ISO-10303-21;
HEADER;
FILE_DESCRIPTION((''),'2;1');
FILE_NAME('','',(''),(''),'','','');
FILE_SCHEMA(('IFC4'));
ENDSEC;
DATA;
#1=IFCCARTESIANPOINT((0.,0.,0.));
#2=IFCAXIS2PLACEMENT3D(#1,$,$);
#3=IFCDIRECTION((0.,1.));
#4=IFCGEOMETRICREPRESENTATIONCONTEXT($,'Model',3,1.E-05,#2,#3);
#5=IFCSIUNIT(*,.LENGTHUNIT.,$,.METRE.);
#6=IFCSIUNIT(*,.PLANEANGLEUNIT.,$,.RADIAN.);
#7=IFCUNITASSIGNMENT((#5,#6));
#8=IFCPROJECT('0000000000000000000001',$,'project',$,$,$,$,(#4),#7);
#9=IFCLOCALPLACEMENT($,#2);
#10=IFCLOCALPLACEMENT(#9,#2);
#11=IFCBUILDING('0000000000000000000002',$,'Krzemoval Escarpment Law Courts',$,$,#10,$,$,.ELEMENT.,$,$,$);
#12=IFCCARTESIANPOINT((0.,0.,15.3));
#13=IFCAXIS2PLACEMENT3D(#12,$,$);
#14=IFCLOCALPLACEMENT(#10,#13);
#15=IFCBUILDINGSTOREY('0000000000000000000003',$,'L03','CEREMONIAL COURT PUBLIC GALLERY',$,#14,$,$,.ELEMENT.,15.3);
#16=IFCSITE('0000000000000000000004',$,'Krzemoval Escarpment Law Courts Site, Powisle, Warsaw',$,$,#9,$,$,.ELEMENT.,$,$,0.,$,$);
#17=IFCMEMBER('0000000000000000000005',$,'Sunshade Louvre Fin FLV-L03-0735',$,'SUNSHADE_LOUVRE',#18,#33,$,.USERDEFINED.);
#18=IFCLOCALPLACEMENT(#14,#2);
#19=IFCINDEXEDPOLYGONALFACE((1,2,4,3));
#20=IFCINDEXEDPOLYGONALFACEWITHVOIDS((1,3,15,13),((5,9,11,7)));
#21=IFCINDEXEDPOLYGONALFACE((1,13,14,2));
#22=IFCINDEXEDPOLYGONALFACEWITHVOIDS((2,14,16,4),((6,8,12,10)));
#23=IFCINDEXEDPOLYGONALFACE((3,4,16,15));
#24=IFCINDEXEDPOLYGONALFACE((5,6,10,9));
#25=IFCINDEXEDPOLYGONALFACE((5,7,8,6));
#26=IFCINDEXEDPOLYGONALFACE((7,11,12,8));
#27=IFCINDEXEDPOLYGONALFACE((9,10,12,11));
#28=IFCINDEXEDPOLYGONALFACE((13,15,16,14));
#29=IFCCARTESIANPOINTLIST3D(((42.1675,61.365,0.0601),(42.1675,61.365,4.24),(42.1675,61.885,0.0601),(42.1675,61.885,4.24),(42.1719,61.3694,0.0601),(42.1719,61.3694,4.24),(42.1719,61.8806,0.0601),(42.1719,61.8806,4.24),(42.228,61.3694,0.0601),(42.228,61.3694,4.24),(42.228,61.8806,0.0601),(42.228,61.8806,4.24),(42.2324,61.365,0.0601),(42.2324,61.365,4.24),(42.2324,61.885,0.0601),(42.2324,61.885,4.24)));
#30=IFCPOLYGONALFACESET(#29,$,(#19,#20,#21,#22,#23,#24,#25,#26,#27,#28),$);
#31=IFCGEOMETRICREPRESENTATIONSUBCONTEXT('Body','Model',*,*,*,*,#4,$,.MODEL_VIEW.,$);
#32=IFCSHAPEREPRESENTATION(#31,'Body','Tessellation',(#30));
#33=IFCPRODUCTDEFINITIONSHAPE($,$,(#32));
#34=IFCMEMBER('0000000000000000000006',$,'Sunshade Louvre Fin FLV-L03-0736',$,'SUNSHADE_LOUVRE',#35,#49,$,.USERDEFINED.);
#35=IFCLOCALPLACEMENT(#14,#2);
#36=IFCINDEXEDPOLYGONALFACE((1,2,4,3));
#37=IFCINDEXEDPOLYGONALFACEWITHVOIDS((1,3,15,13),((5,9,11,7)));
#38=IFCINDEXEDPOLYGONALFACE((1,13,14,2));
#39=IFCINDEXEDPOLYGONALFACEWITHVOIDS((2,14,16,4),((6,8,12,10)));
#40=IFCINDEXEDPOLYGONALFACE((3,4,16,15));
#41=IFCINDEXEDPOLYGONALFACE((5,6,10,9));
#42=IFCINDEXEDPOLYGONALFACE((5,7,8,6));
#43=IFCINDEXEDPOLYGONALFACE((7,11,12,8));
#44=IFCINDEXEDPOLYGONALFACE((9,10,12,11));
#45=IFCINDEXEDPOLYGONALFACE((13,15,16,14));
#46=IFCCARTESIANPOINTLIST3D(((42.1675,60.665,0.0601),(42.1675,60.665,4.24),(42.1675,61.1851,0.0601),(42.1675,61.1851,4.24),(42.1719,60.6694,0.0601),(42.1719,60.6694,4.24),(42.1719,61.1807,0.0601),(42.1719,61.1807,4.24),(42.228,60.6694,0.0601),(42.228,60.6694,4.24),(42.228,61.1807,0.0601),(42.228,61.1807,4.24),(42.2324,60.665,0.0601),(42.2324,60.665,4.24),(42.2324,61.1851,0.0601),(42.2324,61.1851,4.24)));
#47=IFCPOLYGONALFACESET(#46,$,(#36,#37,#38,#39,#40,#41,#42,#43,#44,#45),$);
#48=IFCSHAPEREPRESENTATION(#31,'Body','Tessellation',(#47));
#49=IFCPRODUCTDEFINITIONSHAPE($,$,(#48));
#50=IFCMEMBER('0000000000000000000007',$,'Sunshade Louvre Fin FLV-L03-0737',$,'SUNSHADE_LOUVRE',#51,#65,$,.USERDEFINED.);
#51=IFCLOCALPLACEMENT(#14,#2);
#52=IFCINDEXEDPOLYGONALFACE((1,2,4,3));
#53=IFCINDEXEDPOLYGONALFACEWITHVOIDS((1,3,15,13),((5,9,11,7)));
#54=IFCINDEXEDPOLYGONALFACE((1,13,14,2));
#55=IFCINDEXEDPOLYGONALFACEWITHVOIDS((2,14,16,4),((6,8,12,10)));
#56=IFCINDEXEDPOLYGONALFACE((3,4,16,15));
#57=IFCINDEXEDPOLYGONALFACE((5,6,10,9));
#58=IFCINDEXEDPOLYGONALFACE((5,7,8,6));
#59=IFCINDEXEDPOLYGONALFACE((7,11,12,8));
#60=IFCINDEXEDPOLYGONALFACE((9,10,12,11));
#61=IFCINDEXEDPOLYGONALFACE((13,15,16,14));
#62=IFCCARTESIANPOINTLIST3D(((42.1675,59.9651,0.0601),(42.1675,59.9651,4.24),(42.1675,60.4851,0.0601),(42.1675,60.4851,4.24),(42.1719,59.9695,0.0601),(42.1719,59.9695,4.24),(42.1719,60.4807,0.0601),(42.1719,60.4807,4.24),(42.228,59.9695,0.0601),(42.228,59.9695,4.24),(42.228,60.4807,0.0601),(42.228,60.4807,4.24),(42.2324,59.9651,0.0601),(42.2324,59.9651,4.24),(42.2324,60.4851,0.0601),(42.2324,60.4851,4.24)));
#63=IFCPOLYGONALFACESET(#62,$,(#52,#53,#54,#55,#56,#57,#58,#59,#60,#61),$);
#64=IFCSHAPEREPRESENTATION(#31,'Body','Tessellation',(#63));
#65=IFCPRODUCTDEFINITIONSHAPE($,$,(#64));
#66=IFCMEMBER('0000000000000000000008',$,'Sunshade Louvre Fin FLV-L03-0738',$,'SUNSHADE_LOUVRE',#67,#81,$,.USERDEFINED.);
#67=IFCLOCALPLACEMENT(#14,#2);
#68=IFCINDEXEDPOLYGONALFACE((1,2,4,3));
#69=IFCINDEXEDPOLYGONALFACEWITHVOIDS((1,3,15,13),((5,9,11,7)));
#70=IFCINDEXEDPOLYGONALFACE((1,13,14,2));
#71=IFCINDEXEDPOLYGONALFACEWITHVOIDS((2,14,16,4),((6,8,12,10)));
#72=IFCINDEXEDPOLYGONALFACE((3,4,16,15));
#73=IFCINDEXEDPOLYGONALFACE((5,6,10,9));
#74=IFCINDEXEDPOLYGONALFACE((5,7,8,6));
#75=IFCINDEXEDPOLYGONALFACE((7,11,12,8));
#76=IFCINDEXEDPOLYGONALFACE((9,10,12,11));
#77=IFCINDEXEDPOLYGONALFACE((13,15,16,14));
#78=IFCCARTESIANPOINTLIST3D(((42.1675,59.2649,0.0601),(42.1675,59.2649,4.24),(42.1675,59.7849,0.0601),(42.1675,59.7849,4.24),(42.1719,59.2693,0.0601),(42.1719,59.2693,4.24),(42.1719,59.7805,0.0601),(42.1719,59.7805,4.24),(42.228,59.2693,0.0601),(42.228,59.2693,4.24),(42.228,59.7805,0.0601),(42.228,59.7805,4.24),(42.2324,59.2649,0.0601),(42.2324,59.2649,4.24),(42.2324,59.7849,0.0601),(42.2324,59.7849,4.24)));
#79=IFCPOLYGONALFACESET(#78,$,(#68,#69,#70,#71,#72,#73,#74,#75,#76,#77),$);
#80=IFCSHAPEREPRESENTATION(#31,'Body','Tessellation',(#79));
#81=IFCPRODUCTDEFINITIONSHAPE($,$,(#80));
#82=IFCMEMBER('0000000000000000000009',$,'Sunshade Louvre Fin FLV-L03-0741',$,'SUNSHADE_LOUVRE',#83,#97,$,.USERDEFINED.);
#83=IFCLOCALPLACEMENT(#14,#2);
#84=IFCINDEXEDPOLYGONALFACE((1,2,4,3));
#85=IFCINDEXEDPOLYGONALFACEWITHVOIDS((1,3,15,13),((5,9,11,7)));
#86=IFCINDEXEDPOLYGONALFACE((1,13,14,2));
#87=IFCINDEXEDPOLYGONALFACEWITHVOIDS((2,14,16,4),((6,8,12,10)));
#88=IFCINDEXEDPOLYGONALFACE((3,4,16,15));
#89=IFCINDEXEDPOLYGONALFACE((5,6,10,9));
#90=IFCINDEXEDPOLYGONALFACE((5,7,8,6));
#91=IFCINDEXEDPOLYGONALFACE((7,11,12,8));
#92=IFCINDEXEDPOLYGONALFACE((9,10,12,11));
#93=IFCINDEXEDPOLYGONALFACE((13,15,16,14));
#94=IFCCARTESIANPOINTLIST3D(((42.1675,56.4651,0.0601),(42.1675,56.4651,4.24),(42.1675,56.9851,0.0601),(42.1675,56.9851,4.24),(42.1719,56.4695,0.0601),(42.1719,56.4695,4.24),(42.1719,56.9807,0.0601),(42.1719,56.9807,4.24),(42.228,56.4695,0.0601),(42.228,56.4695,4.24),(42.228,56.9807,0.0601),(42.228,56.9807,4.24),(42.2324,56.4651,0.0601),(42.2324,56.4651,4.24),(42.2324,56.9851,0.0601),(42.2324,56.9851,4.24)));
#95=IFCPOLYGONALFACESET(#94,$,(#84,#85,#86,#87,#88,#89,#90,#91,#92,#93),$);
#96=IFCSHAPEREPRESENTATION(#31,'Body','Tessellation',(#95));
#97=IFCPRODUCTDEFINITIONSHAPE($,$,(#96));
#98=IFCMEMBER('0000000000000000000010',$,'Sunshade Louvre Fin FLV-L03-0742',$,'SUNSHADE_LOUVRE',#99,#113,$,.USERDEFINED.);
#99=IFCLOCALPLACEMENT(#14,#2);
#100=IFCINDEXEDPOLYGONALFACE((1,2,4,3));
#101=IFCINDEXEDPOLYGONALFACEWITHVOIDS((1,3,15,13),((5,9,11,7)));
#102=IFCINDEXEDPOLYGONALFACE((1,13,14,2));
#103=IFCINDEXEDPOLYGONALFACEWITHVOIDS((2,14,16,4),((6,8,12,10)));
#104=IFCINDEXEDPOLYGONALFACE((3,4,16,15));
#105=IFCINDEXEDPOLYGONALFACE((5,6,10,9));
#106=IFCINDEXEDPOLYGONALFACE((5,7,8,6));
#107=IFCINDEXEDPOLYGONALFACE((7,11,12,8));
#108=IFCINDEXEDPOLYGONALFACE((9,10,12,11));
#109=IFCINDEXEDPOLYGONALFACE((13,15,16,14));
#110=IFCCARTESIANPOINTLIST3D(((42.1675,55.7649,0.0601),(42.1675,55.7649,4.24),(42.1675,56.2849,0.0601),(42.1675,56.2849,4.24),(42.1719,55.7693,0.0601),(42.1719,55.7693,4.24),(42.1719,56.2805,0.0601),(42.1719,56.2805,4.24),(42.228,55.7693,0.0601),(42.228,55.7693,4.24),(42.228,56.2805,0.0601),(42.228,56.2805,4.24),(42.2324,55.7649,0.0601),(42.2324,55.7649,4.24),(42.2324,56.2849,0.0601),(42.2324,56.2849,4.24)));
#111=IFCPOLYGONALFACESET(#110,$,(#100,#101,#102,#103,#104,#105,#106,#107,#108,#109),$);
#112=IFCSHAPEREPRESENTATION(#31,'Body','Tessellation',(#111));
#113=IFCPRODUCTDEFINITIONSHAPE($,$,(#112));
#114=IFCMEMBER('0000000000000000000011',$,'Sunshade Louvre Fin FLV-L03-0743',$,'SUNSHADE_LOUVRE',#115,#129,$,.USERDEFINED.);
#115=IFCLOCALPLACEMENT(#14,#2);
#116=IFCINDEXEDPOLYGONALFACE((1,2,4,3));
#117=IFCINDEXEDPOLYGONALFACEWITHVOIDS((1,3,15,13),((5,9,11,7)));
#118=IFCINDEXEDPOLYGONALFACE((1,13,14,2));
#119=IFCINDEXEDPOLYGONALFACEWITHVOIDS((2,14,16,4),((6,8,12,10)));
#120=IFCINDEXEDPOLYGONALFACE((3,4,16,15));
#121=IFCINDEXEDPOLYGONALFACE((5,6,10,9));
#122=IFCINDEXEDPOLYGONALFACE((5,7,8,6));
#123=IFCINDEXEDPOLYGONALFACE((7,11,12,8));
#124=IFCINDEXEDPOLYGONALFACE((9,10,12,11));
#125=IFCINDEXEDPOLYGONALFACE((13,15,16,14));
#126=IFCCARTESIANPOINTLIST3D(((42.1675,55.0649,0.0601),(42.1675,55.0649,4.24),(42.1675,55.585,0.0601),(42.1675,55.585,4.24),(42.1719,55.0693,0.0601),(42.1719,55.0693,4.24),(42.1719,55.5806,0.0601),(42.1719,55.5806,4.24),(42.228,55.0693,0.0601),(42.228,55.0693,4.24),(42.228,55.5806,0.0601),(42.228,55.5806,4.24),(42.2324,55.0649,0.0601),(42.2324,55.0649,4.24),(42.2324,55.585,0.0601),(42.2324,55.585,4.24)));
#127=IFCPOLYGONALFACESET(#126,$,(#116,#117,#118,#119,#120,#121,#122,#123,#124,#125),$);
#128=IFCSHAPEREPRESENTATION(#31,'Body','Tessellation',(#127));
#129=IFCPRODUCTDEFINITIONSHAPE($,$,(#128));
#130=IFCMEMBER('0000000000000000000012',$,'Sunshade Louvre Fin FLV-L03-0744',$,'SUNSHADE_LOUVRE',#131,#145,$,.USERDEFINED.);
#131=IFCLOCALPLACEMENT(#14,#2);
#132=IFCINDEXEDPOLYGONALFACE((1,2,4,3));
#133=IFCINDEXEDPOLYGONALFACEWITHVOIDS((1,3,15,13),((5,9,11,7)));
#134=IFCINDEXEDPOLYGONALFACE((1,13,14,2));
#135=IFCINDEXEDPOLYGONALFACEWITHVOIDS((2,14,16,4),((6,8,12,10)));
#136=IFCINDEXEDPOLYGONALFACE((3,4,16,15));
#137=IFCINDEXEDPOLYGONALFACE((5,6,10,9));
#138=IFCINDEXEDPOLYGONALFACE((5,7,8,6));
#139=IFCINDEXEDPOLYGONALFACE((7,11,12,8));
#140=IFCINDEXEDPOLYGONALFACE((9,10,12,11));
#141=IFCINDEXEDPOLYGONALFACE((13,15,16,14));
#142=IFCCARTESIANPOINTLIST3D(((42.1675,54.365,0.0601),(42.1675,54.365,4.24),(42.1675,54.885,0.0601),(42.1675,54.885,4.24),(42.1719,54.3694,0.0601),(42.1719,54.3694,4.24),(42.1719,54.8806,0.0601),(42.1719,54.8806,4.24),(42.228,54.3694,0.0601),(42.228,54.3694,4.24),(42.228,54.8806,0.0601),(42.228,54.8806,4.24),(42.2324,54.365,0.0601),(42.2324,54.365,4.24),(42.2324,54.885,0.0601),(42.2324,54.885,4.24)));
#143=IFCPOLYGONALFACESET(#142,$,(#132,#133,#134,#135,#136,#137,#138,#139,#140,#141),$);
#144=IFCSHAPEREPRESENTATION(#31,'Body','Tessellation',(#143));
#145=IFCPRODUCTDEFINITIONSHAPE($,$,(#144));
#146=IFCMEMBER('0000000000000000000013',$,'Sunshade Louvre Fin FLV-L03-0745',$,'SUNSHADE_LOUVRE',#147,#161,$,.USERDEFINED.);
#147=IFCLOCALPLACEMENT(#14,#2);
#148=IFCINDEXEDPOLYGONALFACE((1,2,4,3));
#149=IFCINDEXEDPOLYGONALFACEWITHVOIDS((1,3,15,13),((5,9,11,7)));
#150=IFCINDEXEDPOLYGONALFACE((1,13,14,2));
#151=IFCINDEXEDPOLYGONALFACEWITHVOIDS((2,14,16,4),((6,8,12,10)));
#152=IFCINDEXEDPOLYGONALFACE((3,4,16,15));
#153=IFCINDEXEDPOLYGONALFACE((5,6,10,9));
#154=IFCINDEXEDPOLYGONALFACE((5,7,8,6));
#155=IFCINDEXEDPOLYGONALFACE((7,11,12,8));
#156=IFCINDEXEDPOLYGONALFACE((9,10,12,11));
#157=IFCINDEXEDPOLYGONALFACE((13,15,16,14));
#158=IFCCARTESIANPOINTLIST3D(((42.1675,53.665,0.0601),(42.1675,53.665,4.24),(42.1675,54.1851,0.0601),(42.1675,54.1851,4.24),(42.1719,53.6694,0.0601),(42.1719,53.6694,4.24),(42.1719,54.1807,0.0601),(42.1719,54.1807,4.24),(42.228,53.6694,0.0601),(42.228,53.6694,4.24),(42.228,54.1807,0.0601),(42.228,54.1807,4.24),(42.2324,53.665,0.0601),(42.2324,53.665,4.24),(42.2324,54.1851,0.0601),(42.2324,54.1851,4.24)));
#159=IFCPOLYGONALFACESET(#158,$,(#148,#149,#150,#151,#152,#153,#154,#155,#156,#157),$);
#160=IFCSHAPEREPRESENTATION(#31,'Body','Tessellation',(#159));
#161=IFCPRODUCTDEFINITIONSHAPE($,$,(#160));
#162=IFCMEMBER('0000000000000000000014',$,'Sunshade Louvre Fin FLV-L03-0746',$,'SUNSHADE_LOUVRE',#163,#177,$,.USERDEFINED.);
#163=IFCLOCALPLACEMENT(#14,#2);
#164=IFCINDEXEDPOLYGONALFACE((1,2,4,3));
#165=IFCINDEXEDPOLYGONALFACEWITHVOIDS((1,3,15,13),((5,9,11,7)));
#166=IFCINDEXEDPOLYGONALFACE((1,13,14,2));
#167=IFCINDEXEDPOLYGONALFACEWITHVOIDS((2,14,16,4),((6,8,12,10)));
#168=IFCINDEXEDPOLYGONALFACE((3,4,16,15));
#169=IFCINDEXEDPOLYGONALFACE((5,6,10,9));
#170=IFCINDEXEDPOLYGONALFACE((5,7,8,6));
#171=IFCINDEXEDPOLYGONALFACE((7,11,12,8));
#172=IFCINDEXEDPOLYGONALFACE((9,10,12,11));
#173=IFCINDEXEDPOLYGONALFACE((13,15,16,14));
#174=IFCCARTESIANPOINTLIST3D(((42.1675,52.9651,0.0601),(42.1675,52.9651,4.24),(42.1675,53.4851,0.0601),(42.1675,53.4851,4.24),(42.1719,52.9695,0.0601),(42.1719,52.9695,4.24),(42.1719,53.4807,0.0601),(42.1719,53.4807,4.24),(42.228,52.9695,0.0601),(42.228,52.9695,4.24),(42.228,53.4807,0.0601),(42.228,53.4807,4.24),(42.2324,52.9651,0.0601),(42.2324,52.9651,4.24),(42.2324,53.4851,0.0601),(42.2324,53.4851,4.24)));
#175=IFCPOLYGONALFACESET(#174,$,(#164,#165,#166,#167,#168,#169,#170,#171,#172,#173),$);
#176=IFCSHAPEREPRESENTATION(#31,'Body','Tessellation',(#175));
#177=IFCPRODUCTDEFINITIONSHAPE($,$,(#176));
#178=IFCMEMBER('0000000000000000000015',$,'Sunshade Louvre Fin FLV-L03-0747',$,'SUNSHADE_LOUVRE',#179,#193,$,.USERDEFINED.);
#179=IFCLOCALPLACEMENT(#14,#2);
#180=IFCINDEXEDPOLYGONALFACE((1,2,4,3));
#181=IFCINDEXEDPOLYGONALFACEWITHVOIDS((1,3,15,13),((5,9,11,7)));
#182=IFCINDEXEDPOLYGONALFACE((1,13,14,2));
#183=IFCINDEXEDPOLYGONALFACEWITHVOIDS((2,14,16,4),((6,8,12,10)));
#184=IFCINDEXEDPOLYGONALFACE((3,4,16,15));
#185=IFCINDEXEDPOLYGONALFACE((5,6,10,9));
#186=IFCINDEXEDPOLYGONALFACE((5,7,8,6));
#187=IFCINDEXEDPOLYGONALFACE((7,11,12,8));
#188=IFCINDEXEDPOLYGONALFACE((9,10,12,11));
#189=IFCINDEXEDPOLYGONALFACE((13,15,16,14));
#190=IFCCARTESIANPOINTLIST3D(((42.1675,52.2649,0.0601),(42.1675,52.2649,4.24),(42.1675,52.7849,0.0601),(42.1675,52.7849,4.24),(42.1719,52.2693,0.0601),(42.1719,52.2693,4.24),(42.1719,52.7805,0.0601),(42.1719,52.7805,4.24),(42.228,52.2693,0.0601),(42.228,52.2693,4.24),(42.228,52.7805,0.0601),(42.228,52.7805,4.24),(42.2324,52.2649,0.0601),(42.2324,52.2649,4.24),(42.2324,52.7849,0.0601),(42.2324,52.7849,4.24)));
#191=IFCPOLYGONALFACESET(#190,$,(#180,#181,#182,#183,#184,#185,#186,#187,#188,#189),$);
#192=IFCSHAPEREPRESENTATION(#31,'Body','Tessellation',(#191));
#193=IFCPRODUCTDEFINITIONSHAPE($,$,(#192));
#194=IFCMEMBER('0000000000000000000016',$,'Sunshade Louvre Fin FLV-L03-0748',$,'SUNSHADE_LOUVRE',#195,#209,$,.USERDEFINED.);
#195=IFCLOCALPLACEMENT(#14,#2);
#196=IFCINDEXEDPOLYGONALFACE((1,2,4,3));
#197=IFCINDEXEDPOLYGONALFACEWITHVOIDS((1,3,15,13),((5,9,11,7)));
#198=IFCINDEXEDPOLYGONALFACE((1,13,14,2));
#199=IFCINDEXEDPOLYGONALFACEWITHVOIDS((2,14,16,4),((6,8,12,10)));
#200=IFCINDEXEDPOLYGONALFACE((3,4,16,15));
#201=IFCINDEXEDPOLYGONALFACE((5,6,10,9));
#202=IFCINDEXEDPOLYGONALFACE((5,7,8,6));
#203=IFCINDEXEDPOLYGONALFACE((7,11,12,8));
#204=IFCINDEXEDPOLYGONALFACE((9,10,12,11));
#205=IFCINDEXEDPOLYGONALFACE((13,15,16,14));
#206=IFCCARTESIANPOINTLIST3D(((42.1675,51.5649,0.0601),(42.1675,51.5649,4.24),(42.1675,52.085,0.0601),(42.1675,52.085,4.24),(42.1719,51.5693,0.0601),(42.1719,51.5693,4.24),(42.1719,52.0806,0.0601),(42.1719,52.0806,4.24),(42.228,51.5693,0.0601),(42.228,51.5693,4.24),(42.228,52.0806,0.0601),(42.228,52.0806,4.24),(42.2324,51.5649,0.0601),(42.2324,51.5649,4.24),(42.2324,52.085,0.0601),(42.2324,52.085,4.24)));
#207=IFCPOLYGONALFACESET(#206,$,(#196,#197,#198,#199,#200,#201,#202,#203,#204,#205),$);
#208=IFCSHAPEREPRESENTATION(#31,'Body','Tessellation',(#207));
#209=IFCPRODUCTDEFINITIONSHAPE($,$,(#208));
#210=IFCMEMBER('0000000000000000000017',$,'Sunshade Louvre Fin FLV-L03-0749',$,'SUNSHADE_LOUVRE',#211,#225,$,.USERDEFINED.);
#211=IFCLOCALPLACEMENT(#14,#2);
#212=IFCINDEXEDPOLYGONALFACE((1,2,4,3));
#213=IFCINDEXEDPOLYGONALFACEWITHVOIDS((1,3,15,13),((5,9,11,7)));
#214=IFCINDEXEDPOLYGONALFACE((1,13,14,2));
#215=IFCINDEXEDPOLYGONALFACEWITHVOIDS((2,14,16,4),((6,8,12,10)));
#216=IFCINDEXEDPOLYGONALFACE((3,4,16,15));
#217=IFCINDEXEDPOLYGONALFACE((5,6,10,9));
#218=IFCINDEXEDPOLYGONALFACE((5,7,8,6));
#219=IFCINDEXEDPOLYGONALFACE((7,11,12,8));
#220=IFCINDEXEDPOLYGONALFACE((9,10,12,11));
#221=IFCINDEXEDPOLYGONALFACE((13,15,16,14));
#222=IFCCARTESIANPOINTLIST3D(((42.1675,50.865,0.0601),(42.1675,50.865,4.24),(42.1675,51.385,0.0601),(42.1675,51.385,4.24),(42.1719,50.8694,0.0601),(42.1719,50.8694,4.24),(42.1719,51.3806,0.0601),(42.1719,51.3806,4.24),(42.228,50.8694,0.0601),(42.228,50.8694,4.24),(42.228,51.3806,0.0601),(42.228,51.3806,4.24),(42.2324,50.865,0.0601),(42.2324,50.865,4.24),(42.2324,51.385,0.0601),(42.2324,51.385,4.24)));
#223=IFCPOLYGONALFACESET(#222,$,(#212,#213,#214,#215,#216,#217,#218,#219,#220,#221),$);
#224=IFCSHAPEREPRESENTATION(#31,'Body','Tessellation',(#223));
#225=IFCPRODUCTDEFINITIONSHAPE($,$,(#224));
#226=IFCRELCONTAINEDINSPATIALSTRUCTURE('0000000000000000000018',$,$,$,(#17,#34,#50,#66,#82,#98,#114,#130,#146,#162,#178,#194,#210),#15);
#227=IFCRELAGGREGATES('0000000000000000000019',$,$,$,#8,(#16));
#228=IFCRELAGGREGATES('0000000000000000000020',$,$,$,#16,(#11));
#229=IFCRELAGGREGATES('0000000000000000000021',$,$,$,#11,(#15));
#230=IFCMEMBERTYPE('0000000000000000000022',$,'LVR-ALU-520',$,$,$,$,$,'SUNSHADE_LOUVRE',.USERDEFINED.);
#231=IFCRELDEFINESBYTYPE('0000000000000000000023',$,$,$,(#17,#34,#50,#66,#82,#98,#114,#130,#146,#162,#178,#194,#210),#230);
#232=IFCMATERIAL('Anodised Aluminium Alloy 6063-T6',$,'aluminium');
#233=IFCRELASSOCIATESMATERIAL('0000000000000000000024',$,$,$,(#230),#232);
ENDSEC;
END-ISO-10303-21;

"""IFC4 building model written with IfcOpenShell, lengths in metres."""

from ifc_helpers import new_model, si_unit, direction, frame, origin, origin_2d, place, context, subcontext, project, spatial, hollow_rectangle, extrude, material, material_profile, profile_set, type_object, element, save


model = new_model("IFC4")

# Units and contexts
model_context = context("Model", 3, precision=1e-05, world=origin(), true_north=direction((0.0, 1.0)))
body_context = subcontext(model_context, "Body", "Model", "MODEL_VIEW")
ifc_project = project(units=[si_unit("LENGTHUNIT", "METRE"), si_unit("PLANEANGLEUNIT", "RADIAN")], contexts=[model_context])

# Site, building, storey
site_placement = place(None, origin())
site = spatial("IfcSite", under=ifc_project, at=site_placement, Name="Krzemoval Escarpment Law Courts Site, Powisle, Warsaw", CompositionType="ELEMENT", RefElevation=0.0)
building_placement = place(site_placement, origin())
building = spatial("IfcBuilding", under=site, at=building_placement, Name="Krzemoval Escarpment Law Courts", CompositionType="ELEMENT")
storey_placement = place(building_placement, frame((0.0, 0.0, 15.3)))
storey = spatial("IfcBuildingStorey", under=building, at=storey_placement, Name="L03", Description="CEREMONIAL COURT PUBLIC GALLERY", CompositionType="ELEMENT", Elevation=15.3)

# Members
ifc_material_1 = material(Name="Anodised Aluminium Alloy 6063-T6", Category="aluminium")
ifc_material_profile_1 = material_profile(ifc_material_1, hollow_rectangle(XDim=0.0649, YDim=0.52, WallThickness=0.0044, at=origin_2d()), Name="ALU LVR 65x520")
ifc_profile_set_1 = profile_set([ifc_material_profile_1], Name="Anodised Aluminium Alloy 6063-T6")
member_type_1 = type_object("IfcMemberType", Name="LVR-ALU-520", ElementType="SUNSHADE_LOUVRE", PredefinedType="USERDEFINED", material=ifc_profile_set_1)
for number, where, z_axis, x_axis, name in (
    (1, (42.2, 61.625, 0.0601), (0.0, 0.0, 1.0), (1.0, 0.0, 0.0), "Sunshade Louvre Fin FLV-L03-0735"),
    (2, (42.2, 60.925, 0.0601), (0.0, 0.0, 1.0), (1.0, 0.0, 0.0), "Sunshade Louvre Fin FLV-L03-0736"),
    (3, (42.2, 60.2251, 0.0601), (0.0, 0.0, 1.0), (1.0, 0.0, 0.0), "Sunshade Louvre Fin FLV-L03-0737"),
    (4, (42.2, 59.5249, 0.0601), (0.0, 0.0, 1.0), (1.0, 0.0, 0.0), "Sunshade Louvre Fin FLV-L03-0738"),
    (5, (42.2, 56.7251, 0.0601), (0.0, 0.0, 1.0), (1.0, 0.0, 0.0), "Sunshade Louvre Fin FLV-L03-0741"),
    (6, (42.2, 56.0249, 0.0601), (0.0, 0.0, 1.0), (1.0, 0.0, 0.0), "Sunshade Louvre Fin FLV-L03-0742"),
    (7, (42.2, 55.325, 0.0601), (0.0, 0.0, 1.0), (1.0, 0.0, 0.0), "Sunshade Louvre Fin FLV-L03-0743"),
    (8, (42.2, 54.625, 0.0601), (0.0, 0.0, 1.0), (1.0, 0.0, 0.0), "Sunshade Louvre Fin FLV-L03-0744"),
    (9, (42.2, 53.925, 0.0601), (0.0, 0.0, 1.0), (1.0, 0.0, 0.0), "Sunshade Louvre Fin FLV-L03-0745"),
    (10, (42.2, 53.2251, 0.0601), (0.0, 0.0, 1.0), (1.0, 0.0, 0.0), "Sunshade Louvre Fin FLV-L03-0746"),
    (11, (42.2, 52.5249, 0.0601), (0.0, 0.0, 1.0), (1.0, 0.0, 0.0), "Sunshade Louvre Fin FLV-L03-0747"),
    (12, (42.2, 51.825, 0.0601), (0.0, 0.0, 1.0), (1.0, 0.0, 0.0), "Sunshade Louvre Fin FLV-L03-0748"),
    (13, (42.2, 51.125, 0.0601), (0.0, 0.0, 1.0), (1.0, 0.0, 0.0), "Sunshade Louvre Fin FLV-L03-0749"),
):
    element("IfcMember", number, at=place(storey_placement, frame(where, z_axis=z_axis, x_axis=x_axis)), inside=storey, type_object=member_type_1, Name=name, ObjectType="SUNSHADE_LOUVRE", PredefinedType="USERDEFINED", context=body_context, shape_type="SweptSolid", body=[
        extrude(hollow_rectangle(XDim=0.0649, YDim=0.52, WallThickness=0.0044, at=origin_2d()), origin(), (0.0, 0.0, 1.0), 4.1799),
    ])

save(model, "model.ifc")
